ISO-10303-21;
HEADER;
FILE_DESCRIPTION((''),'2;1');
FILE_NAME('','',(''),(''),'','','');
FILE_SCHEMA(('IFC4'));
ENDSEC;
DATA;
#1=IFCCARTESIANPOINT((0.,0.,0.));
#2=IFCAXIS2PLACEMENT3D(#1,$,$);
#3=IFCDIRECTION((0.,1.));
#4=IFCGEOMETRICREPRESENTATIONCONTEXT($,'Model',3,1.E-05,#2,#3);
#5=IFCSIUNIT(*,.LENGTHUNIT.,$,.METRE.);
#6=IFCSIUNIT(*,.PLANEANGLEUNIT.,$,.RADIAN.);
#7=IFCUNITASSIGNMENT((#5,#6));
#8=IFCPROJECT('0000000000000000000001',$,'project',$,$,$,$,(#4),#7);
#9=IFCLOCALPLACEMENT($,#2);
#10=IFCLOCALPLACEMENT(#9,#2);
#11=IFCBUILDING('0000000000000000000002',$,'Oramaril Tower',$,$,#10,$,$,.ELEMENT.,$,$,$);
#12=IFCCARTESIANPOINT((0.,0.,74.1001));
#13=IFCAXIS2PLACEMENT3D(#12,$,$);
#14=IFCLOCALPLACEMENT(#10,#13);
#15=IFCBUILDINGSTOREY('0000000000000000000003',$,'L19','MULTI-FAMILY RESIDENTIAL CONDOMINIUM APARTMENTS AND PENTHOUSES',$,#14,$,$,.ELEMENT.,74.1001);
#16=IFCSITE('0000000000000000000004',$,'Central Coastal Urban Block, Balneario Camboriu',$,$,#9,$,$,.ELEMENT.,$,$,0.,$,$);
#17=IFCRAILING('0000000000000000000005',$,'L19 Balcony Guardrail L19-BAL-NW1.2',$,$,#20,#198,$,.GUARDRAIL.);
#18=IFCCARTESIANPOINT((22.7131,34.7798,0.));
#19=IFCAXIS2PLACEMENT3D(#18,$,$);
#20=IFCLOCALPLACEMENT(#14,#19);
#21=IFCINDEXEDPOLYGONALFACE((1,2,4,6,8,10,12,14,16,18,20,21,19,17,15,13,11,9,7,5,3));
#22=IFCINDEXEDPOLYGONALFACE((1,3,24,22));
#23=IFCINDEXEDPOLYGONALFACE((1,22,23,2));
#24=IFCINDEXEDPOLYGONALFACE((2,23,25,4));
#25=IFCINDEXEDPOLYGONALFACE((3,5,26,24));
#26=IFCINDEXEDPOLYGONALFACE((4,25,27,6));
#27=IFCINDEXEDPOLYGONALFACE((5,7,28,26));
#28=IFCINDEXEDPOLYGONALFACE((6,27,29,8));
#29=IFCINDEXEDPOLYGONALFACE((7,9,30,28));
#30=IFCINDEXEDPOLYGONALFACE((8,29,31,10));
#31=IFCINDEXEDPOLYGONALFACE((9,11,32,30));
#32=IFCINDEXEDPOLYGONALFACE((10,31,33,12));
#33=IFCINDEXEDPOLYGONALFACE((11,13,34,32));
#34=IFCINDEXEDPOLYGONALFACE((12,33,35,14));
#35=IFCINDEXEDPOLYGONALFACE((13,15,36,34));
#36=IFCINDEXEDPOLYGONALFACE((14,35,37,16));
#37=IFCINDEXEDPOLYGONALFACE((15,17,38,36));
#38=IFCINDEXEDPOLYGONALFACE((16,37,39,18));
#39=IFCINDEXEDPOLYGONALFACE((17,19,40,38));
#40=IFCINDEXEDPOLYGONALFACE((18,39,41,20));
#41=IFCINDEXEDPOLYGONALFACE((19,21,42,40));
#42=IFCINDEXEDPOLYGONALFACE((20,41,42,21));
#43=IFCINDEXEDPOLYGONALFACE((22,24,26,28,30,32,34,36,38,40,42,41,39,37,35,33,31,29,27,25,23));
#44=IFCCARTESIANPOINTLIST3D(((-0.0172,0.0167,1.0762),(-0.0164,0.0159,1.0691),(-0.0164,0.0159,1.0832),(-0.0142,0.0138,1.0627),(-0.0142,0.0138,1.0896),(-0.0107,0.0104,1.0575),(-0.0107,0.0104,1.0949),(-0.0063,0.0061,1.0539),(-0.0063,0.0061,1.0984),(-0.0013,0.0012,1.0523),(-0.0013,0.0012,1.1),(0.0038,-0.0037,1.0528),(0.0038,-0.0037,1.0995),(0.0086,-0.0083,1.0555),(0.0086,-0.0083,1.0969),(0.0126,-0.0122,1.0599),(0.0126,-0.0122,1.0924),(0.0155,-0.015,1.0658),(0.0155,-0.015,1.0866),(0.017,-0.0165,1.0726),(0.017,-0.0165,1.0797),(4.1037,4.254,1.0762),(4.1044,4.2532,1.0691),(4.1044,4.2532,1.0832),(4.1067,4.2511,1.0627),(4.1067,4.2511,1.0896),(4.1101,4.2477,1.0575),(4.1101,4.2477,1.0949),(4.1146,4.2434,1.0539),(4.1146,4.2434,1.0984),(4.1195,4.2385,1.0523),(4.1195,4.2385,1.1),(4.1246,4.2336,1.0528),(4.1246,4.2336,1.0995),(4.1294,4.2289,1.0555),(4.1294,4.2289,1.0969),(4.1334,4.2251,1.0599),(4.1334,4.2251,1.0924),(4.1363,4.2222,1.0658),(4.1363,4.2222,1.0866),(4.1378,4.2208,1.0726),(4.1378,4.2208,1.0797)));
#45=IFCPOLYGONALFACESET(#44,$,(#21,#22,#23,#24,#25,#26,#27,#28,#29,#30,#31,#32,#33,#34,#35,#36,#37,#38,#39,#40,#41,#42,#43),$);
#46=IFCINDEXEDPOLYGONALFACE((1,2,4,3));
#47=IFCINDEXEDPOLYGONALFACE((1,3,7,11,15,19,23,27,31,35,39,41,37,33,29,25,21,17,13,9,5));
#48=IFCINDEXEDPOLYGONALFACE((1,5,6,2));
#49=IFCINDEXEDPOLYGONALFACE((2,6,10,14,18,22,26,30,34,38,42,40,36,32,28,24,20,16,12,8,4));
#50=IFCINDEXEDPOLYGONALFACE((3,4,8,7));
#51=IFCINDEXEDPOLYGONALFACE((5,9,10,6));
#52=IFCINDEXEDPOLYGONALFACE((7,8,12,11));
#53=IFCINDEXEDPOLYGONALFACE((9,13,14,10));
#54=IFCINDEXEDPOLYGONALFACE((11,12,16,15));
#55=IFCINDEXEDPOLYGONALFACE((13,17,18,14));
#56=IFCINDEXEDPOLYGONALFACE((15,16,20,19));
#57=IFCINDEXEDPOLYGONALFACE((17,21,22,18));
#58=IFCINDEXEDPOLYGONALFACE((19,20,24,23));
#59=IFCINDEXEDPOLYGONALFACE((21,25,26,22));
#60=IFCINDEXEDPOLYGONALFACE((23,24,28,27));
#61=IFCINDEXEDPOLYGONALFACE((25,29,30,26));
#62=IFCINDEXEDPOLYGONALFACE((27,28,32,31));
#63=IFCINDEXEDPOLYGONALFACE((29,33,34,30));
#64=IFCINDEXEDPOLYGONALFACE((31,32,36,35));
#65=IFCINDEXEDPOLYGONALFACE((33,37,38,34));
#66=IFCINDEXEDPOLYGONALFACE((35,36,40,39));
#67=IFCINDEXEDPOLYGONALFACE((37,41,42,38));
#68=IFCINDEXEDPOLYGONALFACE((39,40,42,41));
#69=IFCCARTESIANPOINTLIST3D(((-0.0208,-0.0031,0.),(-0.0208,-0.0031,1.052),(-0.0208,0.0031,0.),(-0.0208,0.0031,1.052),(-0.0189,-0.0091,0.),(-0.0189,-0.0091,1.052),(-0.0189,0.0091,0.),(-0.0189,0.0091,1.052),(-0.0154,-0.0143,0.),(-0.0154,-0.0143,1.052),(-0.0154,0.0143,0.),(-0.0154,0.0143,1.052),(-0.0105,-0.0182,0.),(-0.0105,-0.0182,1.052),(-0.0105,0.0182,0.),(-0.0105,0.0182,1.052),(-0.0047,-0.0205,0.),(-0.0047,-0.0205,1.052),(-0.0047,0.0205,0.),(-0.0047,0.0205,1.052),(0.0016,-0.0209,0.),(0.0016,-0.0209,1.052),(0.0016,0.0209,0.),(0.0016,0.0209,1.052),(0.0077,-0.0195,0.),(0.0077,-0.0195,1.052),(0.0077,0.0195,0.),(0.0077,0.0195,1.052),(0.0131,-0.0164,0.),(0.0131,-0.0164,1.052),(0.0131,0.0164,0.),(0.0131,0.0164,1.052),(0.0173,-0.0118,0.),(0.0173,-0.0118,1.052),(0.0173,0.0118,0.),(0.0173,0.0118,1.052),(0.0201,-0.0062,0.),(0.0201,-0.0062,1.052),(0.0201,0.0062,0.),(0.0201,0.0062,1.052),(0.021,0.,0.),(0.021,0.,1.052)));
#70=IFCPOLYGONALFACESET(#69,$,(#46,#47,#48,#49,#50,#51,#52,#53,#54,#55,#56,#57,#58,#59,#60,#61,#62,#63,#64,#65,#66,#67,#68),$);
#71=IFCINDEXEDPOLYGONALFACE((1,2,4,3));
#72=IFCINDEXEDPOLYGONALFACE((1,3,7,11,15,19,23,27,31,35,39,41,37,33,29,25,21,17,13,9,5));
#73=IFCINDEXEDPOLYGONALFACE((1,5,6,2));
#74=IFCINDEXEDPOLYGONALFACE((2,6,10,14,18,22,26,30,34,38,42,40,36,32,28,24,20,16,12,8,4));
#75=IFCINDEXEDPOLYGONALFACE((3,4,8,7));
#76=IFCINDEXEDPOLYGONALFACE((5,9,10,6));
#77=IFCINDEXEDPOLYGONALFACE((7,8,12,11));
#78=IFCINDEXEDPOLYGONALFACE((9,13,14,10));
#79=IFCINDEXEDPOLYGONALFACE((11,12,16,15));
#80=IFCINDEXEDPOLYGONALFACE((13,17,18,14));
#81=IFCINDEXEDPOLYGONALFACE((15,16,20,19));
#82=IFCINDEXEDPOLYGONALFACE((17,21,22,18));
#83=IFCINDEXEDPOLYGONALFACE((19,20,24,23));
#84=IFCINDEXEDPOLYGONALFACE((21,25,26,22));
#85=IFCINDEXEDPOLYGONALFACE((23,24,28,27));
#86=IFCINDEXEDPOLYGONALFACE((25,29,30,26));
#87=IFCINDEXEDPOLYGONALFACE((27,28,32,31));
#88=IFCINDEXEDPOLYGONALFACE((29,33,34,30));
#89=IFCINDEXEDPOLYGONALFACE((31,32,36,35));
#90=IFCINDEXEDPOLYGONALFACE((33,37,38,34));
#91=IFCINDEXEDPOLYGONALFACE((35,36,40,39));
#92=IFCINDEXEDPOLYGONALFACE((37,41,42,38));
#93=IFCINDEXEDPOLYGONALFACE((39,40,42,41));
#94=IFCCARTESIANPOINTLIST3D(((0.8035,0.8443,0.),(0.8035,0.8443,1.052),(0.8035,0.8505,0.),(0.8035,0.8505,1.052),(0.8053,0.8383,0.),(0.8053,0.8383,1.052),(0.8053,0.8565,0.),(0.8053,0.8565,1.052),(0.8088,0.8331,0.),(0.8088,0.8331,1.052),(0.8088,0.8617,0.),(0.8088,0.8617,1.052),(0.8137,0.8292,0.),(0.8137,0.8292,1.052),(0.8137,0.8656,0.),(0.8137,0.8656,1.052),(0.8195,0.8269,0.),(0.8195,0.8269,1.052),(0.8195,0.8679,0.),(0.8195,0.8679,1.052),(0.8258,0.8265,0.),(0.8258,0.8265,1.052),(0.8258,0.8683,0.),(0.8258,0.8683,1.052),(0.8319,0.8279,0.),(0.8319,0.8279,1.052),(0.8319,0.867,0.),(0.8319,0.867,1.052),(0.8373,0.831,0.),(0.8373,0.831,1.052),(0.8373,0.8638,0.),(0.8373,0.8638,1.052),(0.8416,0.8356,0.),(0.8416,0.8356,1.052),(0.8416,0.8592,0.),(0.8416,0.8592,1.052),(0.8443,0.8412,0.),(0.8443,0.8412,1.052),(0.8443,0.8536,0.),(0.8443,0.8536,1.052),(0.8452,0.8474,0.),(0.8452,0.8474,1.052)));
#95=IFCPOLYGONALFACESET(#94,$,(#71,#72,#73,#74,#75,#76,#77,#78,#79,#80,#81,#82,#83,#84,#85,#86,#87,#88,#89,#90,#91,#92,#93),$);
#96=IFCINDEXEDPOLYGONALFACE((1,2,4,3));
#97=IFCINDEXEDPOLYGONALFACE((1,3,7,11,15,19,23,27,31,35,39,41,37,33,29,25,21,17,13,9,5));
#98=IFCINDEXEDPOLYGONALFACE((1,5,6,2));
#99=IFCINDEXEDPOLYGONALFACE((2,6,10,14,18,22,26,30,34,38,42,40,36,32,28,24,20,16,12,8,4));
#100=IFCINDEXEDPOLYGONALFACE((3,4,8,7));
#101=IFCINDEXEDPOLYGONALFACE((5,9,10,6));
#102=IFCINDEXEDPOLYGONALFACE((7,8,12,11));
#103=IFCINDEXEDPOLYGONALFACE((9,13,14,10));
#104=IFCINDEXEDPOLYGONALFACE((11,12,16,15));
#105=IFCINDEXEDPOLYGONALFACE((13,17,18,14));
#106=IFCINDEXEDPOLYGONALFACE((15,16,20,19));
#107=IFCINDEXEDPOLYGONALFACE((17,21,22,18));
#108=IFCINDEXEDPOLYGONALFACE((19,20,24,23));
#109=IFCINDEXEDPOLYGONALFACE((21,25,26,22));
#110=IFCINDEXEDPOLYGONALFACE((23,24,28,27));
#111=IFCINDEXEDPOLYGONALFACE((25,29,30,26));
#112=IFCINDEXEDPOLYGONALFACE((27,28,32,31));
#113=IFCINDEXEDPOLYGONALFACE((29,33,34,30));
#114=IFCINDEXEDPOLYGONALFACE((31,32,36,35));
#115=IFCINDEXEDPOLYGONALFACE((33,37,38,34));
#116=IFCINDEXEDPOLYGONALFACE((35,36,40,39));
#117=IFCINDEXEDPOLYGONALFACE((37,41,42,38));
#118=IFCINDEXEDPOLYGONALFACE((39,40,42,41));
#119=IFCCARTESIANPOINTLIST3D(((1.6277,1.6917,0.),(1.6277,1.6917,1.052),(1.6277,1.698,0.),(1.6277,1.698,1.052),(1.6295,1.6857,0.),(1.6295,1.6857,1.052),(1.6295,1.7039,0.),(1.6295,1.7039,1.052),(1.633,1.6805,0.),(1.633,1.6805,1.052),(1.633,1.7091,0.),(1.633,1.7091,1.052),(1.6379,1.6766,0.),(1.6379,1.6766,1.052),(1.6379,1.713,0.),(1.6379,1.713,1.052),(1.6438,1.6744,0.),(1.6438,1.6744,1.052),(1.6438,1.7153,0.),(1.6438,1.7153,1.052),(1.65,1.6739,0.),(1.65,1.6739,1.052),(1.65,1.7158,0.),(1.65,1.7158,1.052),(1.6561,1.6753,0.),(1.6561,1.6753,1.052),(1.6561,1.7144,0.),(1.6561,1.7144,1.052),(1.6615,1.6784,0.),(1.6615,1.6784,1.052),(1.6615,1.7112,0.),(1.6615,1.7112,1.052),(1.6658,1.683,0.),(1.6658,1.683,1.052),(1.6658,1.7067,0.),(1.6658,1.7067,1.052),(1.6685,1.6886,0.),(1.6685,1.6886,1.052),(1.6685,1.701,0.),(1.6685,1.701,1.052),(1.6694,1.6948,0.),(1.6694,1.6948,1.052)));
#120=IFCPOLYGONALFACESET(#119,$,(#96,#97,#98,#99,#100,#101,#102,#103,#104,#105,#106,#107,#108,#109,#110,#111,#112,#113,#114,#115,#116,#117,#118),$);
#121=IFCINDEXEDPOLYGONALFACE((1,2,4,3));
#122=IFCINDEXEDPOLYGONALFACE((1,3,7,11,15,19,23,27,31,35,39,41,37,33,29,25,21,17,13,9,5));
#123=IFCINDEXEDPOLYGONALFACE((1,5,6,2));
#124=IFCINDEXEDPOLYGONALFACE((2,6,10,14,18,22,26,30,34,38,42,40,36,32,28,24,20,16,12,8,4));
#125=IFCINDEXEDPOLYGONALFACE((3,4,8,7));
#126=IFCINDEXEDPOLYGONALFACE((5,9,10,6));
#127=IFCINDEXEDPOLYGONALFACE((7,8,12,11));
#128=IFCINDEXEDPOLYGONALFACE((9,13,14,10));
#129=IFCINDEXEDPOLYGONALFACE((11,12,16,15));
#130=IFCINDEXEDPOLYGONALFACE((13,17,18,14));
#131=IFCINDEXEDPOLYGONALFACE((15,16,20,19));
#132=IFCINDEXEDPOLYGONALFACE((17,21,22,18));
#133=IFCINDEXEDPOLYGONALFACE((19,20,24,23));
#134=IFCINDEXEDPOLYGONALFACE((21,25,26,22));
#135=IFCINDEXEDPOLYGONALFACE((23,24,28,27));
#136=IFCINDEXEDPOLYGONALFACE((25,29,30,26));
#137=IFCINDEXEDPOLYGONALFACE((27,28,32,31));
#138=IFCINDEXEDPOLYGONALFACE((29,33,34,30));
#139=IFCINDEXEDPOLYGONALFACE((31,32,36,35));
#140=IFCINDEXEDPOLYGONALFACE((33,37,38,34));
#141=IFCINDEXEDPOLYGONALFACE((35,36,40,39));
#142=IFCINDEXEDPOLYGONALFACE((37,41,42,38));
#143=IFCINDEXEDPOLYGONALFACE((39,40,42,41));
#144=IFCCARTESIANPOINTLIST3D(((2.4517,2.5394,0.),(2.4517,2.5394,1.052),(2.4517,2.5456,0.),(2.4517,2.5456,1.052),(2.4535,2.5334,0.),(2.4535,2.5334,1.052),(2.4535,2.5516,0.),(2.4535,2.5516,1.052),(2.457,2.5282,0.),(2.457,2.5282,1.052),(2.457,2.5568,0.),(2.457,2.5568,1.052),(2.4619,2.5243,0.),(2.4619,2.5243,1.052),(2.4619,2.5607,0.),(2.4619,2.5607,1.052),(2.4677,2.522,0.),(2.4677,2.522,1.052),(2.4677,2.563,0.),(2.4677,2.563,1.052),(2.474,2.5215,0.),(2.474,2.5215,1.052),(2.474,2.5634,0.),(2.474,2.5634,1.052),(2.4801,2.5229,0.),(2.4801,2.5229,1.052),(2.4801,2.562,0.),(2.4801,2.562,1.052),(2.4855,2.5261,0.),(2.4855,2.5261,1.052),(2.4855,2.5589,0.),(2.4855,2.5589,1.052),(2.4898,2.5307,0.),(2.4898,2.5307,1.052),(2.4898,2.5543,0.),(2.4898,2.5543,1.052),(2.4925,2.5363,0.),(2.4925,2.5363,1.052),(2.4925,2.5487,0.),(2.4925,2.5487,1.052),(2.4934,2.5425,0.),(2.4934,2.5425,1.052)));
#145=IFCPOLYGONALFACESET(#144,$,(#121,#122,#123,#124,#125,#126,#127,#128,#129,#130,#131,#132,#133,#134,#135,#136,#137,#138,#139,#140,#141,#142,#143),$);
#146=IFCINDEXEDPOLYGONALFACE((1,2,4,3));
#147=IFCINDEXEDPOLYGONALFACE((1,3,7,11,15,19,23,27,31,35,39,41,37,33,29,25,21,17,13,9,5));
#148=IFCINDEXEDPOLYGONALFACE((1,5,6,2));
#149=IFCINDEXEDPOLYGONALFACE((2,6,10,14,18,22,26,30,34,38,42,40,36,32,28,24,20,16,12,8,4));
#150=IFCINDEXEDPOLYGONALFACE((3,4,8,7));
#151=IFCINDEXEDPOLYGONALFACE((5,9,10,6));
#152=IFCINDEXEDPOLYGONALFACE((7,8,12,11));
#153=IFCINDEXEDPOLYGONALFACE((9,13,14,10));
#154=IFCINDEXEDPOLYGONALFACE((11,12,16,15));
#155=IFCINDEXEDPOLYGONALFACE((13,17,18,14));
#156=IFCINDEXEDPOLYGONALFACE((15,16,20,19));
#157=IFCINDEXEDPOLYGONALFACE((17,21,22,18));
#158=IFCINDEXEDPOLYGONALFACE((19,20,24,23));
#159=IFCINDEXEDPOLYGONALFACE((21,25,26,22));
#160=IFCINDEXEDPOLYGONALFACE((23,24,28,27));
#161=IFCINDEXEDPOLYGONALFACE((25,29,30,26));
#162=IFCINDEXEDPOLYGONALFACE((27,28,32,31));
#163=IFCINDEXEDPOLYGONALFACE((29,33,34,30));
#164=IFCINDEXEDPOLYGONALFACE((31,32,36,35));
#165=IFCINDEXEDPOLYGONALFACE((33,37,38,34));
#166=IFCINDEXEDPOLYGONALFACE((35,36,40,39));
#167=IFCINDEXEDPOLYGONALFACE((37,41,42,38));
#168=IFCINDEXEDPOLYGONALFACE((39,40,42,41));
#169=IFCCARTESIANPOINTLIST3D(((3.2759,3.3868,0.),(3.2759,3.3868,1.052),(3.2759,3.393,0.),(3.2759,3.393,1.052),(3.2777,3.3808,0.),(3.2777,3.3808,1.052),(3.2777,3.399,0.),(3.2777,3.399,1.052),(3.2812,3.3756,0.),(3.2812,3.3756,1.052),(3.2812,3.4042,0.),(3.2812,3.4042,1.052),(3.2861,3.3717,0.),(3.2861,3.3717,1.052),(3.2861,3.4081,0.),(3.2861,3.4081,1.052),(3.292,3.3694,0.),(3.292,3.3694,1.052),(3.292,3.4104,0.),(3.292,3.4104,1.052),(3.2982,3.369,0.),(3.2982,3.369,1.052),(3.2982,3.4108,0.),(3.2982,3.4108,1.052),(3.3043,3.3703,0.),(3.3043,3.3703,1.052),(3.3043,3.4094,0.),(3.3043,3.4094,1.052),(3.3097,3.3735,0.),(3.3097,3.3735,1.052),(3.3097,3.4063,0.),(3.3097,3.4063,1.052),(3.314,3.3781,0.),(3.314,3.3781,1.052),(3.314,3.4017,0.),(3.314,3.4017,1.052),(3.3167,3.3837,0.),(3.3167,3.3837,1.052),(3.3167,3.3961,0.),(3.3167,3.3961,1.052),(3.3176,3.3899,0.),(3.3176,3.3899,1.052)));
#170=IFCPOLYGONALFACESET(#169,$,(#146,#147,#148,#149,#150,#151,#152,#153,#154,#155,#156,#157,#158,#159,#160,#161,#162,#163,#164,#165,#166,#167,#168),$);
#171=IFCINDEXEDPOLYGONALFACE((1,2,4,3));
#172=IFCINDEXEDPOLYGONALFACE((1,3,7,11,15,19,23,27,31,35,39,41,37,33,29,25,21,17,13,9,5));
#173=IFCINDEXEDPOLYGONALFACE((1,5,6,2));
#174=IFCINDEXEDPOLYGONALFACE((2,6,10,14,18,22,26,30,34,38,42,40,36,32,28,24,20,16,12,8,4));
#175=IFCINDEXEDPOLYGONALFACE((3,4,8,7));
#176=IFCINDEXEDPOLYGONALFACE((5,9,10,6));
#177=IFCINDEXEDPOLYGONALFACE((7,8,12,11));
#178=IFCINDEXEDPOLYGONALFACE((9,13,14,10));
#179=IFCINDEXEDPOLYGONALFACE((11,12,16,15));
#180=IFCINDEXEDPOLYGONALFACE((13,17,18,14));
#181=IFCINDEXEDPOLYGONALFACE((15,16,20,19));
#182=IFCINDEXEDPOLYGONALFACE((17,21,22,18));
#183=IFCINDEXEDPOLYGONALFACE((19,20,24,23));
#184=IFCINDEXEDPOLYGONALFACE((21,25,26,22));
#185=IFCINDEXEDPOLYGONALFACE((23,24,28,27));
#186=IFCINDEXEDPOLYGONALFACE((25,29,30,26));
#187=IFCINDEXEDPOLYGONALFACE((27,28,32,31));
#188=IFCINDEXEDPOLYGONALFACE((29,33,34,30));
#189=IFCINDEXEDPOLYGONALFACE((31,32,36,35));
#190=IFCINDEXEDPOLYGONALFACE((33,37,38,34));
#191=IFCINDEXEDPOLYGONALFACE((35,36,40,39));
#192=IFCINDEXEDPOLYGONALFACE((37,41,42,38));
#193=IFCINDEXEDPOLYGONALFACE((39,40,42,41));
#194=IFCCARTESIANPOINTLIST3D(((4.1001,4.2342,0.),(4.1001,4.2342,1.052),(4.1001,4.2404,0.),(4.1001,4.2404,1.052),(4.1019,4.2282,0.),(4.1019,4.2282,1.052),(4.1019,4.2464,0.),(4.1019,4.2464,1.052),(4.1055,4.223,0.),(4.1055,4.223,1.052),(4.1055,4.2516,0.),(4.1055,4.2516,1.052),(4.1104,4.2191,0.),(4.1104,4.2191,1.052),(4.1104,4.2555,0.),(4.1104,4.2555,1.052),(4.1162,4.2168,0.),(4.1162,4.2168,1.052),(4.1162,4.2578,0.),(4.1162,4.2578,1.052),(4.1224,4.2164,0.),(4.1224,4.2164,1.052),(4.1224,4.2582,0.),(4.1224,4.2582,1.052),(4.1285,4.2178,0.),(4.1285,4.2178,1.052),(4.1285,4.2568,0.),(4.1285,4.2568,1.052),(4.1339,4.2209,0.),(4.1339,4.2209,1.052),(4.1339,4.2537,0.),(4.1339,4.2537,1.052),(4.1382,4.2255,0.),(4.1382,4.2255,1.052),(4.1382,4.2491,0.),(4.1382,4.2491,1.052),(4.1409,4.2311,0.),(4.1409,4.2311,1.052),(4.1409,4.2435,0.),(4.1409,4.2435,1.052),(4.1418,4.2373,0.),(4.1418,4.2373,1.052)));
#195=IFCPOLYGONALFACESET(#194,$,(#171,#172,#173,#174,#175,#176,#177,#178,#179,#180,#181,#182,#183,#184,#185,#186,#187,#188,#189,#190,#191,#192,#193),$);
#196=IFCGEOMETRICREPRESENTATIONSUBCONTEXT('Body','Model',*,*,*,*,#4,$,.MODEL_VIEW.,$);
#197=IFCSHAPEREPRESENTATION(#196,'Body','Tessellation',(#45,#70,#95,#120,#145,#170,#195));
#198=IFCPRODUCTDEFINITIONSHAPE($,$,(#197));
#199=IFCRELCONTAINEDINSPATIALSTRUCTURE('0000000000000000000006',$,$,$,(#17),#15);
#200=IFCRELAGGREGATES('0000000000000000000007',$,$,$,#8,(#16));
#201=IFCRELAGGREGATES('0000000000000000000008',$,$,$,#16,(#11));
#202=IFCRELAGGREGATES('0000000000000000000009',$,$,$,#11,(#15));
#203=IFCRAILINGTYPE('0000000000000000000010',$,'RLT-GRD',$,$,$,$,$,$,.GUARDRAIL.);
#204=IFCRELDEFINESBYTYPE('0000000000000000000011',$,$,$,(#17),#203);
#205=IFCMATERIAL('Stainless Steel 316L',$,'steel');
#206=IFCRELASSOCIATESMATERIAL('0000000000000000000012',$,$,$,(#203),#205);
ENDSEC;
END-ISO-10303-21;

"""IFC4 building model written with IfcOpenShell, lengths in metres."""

from ifc_helpers import new_model, si_unit, direction, frame, origin, origin_2d, place, context, subcontext, project, spatial, circle, extrude, material, type_object, element, save


model = new_model("IFC4")

# Units and contexts
model_context = context("Model", 3, precision=1e-05, world=origin(), true_north=direction((0.0, 1.0)))
body_context = subcontext(model_context, "Body", "Model", "MODEL_VIEW")
ifc_project = project(units=[si_unit("LENGTHUNIT", "METRE"), si_unit("PLANEANGLEUNIT", "RADIAN")], contexts=[model_context])

# Site, building, storey
site_placement = place(None, origin())
site = spatial("IfcSite", under=ifc_project, at=site_placement, Name="Central Coastal Urban Block, Balneario Camboriu", CompositionType="ELEMENT", RefElevation=0.0)
building_placement = place(site_placement, origin())
building = spatial("IfcBuilding", under=site, at=building_placement, Name="Oramaril Tower", CompositionType="ELEMENT")
storey_placement = place(building_placement, frame((0.0, 0.0, 74.1001)))
storey = spatial("IfcBuildingStorey", under=building, at=storey_placement, Name="L19", Description="MULTI-FAMILY RESIDENTIAL CONDOMINIUM APARTMENTS AND PENTHOUSES", CompositionType="ELEMENT", Elevation=74.1001)

# Railing
ifc_material_1 = material(Name="Stainless Steel 316L", Category="steel")
railing_type = type_object("IfcRailingType", Name="RLT-GRD", PredefinedType="GUARDRAIL", material=ifc_material_1)
railing_1_placement = place(storey_placement, frame((22.7131, 34.7798, 0.0)))
element("IfcRailing", 1, at=railing_1_placement, inside=storey, type_object=railing_type, Name="L19 Balcony Guardrail L19-BAL-NW1.2", PredefinedType="GUARDRAIL", context=body_context, shape_type="SweptSolid", body=[
    extrude(circle(Radius=0.0239, at=origin_2d()), frame((0.0, 0.0, 1.0762), z_axis=(0.697187, 0.716889, 0.0), x_axis=(-0.716889, 0.697187, 0.0)), (0.0, 0.0, 1.0), 5.9106),
    extrude(circle(Radius=0.021, at=origin_2d()), origin(), (0.0, 0.0, 1.0), 1.052),
    extrude(circle(Radius=0.021, at=origin_2d()), frame((0.8242, 0.8474, 0.0)), (0.0, 0.0, 1.0), 1.052),
    extrude(circle(Radius=0.021, at=origin_2d()), frame((1.6484, 1.6948, 0.0)), (0.0, 0.0, 1.0), 1.052),
    extrude(circle(Radius=0.021, at=origin_2d()), frame((2.4724, 2.5425, 0.0)), (0.0, 0.0, 1.0), 1.052),
    extrude(circle(Radius=0.021, at=origin_2d()), frame((3.2966, 3.3899, 0.0)), (0.0, 0.0, 1.0), 1.052),
    extrude(circle(Radius=0.021, at=origin_2d()), frame((4.1208, 4.2373, 0.0)), (0.0, 0.0, 1.0), 1.052),
])

save(model, "model.ifc")
